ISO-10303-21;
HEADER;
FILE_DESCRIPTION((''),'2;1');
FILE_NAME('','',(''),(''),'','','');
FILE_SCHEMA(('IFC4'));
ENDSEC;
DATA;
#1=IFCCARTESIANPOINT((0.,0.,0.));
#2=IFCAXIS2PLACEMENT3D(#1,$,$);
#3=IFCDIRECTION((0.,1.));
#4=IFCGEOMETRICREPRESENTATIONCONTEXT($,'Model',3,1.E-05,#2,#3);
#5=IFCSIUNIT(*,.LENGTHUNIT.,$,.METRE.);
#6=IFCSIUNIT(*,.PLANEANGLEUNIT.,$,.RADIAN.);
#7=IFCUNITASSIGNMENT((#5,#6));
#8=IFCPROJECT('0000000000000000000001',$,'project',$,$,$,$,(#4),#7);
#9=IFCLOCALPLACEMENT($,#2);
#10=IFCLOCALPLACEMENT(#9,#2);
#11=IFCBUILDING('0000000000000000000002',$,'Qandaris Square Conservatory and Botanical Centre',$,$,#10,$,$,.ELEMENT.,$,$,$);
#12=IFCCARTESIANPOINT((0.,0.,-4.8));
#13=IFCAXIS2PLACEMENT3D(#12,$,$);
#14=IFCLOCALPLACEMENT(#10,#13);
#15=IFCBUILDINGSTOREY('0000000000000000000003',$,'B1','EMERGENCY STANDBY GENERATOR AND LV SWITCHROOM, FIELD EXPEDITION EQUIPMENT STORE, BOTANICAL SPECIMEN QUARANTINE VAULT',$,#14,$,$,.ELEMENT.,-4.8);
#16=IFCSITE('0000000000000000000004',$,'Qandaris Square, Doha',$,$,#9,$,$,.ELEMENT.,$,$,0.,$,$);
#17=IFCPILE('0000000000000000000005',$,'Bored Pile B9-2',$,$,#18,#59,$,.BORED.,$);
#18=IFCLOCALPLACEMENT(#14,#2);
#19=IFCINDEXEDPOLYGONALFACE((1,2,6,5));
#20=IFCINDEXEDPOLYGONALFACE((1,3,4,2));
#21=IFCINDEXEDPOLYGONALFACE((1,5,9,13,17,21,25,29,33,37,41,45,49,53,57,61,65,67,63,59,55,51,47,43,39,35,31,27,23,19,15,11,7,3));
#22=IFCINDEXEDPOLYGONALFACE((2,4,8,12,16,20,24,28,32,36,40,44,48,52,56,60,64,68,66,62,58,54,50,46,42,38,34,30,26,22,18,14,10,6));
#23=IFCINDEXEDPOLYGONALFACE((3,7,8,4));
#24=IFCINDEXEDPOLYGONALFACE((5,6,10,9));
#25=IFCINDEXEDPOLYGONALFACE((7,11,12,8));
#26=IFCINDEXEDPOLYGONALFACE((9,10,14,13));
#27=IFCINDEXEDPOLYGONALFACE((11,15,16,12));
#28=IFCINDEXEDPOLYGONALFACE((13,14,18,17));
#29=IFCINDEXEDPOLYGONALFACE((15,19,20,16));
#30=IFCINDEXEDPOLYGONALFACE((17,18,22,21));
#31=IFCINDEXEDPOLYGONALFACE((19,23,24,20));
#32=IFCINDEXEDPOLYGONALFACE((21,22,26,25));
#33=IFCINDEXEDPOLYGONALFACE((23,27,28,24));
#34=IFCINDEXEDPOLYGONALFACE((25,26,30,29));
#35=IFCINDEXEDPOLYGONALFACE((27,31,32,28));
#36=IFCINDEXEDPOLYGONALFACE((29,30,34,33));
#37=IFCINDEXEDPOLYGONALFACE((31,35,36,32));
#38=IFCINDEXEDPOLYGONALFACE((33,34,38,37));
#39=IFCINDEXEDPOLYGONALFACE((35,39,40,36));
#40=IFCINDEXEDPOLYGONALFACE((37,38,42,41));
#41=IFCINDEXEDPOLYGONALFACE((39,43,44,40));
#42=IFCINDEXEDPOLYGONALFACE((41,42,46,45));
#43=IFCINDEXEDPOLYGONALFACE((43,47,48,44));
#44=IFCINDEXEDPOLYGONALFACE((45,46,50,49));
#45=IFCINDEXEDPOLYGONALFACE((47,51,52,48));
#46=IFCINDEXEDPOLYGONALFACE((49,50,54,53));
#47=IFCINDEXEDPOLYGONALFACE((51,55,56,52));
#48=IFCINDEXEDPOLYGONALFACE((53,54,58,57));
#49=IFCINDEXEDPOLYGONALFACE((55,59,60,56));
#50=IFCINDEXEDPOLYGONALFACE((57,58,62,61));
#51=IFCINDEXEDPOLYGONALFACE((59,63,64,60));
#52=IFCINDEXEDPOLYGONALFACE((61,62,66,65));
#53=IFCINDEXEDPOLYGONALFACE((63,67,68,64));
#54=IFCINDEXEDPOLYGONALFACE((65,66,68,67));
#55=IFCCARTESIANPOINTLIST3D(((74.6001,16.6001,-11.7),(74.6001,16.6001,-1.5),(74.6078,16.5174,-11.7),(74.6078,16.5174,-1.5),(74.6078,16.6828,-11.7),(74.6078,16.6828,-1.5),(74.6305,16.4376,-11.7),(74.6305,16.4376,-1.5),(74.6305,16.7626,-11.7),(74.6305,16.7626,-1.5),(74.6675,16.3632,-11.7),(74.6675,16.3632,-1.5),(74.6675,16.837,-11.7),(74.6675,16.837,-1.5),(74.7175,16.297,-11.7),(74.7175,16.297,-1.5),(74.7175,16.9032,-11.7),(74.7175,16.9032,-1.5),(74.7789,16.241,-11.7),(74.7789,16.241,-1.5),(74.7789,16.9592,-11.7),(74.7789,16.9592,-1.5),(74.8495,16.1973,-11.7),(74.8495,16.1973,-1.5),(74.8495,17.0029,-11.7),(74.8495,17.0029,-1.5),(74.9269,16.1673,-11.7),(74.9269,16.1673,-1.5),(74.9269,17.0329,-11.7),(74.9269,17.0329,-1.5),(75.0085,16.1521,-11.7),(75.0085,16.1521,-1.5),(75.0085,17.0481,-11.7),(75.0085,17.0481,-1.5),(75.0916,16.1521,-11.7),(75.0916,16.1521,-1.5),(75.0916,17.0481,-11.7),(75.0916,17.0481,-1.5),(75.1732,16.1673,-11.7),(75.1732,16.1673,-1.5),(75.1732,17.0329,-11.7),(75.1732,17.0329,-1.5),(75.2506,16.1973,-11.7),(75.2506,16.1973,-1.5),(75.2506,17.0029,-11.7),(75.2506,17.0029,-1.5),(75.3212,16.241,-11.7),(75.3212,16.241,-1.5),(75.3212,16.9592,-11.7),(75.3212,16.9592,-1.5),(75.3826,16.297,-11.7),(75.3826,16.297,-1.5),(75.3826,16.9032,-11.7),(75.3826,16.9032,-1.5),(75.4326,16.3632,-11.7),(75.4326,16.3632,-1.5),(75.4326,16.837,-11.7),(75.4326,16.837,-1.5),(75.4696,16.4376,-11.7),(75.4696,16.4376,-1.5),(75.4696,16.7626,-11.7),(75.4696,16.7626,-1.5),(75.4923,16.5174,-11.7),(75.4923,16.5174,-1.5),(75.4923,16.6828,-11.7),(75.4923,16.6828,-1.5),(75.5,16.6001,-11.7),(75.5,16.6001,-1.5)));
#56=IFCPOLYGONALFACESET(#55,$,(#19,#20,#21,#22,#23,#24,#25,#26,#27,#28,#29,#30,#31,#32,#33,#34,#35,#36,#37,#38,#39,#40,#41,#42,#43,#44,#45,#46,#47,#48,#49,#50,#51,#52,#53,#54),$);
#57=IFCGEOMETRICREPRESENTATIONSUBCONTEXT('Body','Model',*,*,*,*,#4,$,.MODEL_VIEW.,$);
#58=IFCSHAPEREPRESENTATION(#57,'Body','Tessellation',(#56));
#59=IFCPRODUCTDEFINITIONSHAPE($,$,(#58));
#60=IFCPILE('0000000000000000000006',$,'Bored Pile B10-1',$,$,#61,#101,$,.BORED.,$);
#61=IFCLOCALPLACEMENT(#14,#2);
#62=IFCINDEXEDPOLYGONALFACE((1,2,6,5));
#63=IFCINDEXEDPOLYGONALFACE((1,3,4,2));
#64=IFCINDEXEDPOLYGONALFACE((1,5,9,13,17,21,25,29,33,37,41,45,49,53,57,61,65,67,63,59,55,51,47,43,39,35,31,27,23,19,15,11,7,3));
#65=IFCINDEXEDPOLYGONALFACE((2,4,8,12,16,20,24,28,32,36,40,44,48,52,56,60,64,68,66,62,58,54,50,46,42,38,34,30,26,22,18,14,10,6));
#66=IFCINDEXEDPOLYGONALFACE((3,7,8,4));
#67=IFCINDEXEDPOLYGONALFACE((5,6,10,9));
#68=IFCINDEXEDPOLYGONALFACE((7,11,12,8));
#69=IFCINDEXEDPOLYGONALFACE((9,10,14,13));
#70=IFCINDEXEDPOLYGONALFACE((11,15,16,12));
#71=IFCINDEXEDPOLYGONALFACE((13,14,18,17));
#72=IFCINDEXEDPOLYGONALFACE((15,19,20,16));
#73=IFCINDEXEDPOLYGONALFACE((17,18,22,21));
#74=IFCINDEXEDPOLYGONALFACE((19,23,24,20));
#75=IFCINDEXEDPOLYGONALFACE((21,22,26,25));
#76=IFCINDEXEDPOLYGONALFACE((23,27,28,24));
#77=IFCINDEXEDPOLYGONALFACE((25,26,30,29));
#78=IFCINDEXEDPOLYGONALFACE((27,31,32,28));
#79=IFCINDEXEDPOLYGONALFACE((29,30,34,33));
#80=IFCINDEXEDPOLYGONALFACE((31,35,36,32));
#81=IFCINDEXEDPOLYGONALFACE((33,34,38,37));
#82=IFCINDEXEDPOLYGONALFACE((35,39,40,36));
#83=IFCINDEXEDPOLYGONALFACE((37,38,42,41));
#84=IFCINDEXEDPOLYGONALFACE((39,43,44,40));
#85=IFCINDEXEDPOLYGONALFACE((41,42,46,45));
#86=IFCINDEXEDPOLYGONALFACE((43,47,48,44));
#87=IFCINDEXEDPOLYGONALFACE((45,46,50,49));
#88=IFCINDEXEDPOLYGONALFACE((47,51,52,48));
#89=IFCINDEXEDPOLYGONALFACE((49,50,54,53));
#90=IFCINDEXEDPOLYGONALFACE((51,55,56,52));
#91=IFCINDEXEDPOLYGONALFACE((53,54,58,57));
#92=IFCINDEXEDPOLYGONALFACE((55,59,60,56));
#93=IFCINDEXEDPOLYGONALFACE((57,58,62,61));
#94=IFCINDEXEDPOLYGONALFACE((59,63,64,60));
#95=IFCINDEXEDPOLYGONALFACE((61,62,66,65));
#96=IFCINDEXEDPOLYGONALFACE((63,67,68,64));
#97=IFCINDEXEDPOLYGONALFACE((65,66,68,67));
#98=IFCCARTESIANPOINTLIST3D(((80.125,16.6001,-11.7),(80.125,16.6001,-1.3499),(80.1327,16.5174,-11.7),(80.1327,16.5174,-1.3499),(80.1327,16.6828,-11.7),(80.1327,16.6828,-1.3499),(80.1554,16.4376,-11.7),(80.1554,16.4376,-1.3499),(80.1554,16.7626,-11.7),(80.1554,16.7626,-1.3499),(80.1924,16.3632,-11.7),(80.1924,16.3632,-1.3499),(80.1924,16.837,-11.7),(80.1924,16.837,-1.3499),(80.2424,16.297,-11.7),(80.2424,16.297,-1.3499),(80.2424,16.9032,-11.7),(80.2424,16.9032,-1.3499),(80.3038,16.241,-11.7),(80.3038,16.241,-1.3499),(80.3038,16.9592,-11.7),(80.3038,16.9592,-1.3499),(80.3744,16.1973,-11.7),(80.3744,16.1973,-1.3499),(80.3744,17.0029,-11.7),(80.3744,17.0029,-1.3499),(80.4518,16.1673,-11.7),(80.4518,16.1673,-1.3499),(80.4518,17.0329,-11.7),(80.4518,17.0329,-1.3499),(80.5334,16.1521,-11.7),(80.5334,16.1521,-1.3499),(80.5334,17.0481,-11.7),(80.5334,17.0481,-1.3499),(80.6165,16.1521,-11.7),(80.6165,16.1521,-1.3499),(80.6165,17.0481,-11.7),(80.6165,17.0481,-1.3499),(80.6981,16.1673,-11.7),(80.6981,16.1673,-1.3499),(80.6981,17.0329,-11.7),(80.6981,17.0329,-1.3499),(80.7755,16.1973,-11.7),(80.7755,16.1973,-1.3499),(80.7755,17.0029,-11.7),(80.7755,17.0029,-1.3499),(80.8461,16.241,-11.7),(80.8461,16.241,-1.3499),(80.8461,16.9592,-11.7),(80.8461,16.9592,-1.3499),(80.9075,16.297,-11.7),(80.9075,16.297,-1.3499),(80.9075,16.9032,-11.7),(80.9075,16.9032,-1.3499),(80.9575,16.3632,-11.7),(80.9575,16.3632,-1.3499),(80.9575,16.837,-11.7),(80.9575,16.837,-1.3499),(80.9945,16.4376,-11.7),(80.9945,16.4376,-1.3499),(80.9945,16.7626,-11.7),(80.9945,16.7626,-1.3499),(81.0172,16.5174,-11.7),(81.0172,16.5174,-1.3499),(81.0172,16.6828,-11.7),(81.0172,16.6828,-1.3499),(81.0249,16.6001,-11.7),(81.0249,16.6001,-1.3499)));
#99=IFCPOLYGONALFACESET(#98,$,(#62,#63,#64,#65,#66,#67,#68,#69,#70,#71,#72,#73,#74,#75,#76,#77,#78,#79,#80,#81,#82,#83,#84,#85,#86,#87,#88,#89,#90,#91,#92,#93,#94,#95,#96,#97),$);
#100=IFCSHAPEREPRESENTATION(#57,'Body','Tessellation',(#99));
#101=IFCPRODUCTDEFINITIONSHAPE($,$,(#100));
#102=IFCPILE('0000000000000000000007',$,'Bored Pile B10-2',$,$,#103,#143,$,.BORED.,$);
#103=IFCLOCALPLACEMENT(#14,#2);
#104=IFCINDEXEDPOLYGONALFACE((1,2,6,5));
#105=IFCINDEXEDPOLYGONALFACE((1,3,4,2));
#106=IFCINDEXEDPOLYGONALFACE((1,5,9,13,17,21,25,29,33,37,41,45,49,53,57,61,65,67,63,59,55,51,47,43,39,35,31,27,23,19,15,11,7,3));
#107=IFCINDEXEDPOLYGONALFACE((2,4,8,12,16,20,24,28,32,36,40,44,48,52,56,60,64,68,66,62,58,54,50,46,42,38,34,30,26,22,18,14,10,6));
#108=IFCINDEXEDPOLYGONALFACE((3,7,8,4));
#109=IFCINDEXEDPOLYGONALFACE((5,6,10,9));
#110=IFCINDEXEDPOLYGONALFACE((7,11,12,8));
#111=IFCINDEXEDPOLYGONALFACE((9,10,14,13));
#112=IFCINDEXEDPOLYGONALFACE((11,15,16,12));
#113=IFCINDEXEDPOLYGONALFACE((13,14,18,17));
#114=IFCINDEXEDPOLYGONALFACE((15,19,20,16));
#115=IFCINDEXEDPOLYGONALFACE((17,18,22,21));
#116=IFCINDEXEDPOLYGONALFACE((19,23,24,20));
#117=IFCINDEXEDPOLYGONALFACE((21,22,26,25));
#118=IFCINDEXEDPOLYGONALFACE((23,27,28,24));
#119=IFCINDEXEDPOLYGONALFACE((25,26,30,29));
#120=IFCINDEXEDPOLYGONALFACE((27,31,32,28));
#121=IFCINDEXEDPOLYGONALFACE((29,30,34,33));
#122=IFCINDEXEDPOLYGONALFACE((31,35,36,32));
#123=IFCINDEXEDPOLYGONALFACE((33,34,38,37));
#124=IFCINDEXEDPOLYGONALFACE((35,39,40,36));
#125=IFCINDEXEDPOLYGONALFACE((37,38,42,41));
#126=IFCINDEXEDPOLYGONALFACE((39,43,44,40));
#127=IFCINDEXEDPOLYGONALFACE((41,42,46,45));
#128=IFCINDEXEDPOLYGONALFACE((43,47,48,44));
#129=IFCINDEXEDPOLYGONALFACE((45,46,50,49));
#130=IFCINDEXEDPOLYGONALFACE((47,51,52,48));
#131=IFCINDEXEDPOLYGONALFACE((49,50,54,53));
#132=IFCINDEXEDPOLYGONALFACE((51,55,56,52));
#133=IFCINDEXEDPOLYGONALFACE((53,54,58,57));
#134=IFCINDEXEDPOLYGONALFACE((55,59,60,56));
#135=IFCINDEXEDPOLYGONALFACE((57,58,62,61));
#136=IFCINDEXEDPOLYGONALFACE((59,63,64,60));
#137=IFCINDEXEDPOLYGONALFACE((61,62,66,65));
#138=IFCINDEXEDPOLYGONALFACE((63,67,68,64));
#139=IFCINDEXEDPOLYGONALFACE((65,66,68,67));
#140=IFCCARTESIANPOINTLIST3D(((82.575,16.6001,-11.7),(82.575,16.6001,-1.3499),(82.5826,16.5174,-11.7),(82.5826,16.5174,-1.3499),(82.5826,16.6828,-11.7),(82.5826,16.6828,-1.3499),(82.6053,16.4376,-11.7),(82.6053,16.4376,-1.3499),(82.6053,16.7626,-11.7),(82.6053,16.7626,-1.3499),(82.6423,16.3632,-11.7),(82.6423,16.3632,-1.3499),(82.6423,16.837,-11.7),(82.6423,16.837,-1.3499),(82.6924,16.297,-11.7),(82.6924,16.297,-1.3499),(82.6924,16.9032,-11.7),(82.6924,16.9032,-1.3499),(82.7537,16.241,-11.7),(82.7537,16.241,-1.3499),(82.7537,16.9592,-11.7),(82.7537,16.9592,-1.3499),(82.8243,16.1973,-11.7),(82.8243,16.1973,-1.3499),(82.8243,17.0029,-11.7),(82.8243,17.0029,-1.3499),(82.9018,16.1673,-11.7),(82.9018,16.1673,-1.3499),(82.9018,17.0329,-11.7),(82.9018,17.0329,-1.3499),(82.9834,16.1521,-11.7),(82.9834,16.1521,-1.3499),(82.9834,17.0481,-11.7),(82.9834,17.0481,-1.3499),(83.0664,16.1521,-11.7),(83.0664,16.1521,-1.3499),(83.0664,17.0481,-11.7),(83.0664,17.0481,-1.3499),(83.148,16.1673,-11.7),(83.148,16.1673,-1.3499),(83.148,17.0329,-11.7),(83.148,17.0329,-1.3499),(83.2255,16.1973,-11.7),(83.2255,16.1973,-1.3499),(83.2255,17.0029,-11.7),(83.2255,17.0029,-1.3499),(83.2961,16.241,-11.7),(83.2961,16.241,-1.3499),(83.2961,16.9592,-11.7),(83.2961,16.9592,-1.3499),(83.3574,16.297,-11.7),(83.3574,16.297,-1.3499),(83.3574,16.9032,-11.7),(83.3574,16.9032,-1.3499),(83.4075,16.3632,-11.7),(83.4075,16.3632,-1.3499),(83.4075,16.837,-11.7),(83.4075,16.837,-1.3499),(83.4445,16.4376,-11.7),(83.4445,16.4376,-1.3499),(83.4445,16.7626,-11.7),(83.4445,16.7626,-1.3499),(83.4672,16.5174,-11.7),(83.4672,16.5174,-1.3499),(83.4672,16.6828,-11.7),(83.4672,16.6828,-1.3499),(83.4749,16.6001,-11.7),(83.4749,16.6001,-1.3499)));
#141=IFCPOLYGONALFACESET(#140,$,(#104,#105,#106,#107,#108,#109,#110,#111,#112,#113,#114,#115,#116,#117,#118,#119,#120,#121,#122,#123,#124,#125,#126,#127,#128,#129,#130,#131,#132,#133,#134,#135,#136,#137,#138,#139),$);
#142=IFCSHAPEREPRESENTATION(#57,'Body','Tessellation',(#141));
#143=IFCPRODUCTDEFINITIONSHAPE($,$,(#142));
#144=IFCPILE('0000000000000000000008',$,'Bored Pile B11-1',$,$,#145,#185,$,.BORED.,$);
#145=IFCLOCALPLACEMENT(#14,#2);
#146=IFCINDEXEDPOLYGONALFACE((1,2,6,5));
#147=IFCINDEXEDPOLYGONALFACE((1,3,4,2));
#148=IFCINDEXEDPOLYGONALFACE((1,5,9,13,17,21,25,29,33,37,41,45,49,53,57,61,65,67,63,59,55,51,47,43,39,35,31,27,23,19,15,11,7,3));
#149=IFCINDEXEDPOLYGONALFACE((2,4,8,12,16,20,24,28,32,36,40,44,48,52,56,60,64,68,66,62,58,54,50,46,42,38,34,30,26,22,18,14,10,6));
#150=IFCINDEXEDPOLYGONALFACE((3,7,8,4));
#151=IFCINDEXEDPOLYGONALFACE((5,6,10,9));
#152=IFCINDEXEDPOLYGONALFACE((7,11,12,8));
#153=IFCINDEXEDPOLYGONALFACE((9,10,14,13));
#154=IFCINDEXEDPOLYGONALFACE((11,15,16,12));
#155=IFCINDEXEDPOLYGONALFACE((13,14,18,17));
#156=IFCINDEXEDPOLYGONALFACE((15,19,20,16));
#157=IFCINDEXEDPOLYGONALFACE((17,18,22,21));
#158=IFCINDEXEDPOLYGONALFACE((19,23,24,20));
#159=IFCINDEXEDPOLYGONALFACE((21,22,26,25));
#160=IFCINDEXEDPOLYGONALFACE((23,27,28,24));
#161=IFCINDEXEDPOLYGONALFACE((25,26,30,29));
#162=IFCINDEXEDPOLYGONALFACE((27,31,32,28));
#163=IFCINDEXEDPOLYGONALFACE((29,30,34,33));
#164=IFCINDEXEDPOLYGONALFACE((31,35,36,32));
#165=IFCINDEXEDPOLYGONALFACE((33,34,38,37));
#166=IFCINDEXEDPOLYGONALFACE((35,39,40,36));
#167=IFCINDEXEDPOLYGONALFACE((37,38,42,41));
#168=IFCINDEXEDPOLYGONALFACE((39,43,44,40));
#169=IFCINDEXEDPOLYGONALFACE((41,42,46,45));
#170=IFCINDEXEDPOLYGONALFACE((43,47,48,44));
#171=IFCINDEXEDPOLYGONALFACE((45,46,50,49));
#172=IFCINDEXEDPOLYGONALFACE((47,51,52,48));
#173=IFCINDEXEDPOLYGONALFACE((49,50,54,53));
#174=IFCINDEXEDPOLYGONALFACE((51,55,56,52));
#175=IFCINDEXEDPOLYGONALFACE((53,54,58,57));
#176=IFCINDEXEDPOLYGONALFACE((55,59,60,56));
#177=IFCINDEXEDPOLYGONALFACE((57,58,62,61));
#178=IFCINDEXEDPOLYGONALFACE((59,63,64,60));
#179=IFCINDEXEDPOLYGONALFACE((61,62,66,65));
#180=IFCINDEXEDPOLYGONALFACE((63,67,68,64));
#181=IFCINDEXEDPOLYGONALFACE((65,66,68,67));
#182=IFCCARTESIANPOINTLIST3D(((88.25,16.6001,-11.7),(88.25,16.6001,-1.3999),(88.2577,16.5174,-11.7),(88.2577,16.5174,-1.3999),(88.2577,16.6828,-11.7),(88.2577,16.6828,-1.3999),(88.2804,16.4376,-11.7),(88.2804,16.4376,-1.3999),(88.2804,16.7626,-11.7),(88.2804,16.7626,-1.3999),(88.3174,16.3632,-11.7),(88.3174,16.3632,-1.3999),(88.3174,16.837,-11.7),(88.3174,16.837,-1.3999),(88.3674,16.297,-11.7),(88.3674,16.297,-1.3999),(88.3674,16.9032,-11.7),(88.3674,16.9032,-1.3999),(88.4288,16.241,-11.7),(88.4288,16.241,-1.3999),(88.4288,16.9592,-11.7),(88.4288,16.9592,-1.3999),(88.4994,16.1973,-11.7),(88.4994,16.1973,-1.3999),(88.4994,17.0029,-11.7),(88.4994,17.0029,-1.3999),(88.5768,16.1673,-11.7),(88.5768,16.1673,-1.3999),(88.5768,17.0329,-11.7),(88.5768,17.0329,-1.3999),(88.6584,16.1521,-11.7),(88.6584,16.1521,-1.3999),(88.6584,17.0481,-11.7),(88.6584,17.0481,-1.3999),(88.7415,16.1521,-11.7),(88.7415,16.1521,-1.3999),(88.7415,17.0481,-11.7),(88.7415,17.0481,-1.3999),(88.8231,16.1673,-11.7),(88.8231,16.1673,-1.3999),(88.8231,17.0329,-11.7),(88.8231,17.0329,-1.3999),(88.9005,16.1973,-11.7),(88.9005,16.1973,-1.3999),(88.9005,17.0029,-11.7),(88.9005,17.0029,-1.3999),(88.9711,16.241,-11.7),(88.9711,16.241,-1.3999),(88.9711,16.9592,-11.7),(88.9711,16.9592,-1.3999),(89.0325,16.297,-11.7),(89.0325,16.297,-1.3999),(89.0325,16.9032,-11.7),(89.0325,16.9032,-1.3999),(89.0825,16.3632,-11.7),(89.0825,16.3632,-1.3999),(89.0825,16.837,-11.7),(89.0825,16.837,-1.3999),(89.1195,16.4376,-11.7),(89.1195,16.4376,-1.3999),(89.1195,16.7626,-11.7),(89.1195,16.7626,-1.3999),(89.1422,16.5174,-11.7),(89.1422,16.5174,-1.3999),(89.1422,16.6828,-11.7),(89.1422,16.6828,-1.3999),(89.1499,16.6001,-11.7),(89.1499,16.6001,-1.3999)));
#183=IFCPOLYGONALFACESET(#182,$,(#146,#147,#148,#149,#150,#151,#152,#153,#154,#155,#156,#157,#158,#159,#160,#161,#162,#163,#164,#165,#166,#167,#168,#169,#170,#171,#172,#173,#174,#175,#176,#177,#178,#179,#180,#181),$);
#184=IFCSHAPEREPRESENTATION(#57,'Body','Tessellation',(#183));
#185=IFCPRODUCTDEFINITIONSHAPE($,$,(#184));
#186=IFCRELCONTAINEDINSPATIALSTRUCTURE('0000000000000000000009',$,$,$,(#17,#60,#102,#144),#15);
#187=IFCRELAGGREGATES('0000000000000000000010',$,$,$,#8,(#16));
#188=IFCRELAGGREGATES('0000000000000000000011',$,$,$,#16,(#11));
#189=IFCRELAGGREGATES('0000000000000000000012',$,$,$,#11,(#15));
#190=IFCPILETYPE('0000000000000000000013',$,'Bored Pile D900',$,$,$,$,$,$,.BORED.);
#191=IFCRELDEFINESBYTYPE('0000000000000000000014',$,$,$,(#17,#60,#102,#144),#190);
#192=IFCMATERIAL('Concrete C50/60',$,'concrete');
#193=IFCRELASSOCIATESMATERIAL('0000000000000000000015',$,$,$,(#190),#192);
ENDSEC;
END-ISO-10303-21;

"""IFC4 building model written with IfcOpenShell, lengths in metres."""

from ifc_helpers import new_model, si_unit, direction, frame, origin, origin_2d, place, context, subcontext, project, spatial, circle, extrude, material, material_profile, profile_set, type_object, element, save


model = new_model("IFC4")

# Units and contexts
model_context = context("Model", 3, precision=1e-05, world=origin(), true_north=direction((0.0, 1.0)))
body_context = subcontext(model_context, "Body", "Model", "MODEL_VIEW")
ifc_project = project(units=[si_unit("LENGTHUNIT", "METRE"), si_unit("PLANEANGLEUNIT", "RADIAN")], contexts=[model_context])

# Site, building, storey
site_placement = place(None, origin())
site = spatial("IfcSite", under=ifc_project, at=site_placement, Name="Qandaris Square, Doha", CompositionType="ELEMENT", RefElevation=0.0)
building_placement = place(site_placement, origin())
building = spatial("IfcBuilding", under=site, at=building_placement, Name="Qandaris Square Conservatory and Botanical Centre", CompositionType="ELEMENT")
storey_placement = place(building_placement, frame((0.0, 0.0, -4.8)))
storey = spatial("IfcBuildingStorey", under=building, at=storey_placement, Name="B1", Description="EMERGENCY STANDBY GENERATOR AND LV SWITCHROOM, FIELD EXPEDITION EQUIPMENT STORE, BOTANICAL SPECIMEN QUARANTINE VAULT", CompositionType="ELEMENT", Elevation=-4.8)

# Piles
ifc_material_1 = material(Name="Concrete C50/60", Category="concrete")
ifc_material_profile_1 = material_profile(ifc_material_1, circle(Radius=0.45, at=origin_2d()), Name="PILE D900")
ifc_profile_set_1 = profile_set([ifc_material_profile_1], Name="Concrete C50/60")
pile_type = type_object("IfcPileType", Name="Bored Pile D900", PredefinedType="BORED", material=ifc_profile_set_1)
pile_1_placement = place(storey_placement, frame((75.05, 16.6001, -1.5), z_axis=(0.0, 0.0, -1.0), x_axis=(1.0, 0.0, 0.0)))
element("IfcPile", 1, at=pile_1_placement, inside=storey, type_object=pile_type, Name="Bored Pile B9-2", PredefinedType="BORED", context=body_context, shape_type="SweptSolid", body=[
    extrude(circle(Radius=0.45, at=origin_2d()), origin(), (0.0, 0.0, 1.0), 10.2),
])
for number, where, z_axis, x_axis, name in (
    (2, (80.575, 16.6001, -1.3499), (0.0, 0.0, -1.0), (1.0, 0.0, 0.0), "Bored Pile B10-1"),
    (3, (83.0249, 16.6001, -1.3499), (0.0, 0.0, -1.0), (1.0, 0.0, 0.0), "Bored Pile B10-2"),
):
    element("IfcPile", number, at=place(storey_placement, frame(where, z_axis=z_axis, x_axis=x_axis)), inside=storey, type_object=pile_type, Name=name, PredefinedType="BORED", context=body_context, shape_type="SweptSolid", body=[
        extrude(circle(Radius=0.45, at=origin_2d()), origin(), (0.0, 0.0, 1.0), 10.3501),
    ])
for number, where, z_axis, x_axis, name in (
    (4, (88.7, 16.6001, -1.3999), (0.0, 0.0, -1.0), (1.0, 0.0, 0.0), "Bored Pile B11-1"),
):
    element("IfcPile", number, at=place(storey_placement, frame(where, z_axis=z_axis, x_axis=x_axis)), inside=storey, type_object=pile_type, Name=name, PredefinedType="BORED", context=body_context, shape_type="SweptSolid", body=[
        extrude(circle(Radius=0.45, at=origin_2d()), origin(), (0.0, 0.0, 1.0), 10.3),
    ])

save(model, "model.ifc")
